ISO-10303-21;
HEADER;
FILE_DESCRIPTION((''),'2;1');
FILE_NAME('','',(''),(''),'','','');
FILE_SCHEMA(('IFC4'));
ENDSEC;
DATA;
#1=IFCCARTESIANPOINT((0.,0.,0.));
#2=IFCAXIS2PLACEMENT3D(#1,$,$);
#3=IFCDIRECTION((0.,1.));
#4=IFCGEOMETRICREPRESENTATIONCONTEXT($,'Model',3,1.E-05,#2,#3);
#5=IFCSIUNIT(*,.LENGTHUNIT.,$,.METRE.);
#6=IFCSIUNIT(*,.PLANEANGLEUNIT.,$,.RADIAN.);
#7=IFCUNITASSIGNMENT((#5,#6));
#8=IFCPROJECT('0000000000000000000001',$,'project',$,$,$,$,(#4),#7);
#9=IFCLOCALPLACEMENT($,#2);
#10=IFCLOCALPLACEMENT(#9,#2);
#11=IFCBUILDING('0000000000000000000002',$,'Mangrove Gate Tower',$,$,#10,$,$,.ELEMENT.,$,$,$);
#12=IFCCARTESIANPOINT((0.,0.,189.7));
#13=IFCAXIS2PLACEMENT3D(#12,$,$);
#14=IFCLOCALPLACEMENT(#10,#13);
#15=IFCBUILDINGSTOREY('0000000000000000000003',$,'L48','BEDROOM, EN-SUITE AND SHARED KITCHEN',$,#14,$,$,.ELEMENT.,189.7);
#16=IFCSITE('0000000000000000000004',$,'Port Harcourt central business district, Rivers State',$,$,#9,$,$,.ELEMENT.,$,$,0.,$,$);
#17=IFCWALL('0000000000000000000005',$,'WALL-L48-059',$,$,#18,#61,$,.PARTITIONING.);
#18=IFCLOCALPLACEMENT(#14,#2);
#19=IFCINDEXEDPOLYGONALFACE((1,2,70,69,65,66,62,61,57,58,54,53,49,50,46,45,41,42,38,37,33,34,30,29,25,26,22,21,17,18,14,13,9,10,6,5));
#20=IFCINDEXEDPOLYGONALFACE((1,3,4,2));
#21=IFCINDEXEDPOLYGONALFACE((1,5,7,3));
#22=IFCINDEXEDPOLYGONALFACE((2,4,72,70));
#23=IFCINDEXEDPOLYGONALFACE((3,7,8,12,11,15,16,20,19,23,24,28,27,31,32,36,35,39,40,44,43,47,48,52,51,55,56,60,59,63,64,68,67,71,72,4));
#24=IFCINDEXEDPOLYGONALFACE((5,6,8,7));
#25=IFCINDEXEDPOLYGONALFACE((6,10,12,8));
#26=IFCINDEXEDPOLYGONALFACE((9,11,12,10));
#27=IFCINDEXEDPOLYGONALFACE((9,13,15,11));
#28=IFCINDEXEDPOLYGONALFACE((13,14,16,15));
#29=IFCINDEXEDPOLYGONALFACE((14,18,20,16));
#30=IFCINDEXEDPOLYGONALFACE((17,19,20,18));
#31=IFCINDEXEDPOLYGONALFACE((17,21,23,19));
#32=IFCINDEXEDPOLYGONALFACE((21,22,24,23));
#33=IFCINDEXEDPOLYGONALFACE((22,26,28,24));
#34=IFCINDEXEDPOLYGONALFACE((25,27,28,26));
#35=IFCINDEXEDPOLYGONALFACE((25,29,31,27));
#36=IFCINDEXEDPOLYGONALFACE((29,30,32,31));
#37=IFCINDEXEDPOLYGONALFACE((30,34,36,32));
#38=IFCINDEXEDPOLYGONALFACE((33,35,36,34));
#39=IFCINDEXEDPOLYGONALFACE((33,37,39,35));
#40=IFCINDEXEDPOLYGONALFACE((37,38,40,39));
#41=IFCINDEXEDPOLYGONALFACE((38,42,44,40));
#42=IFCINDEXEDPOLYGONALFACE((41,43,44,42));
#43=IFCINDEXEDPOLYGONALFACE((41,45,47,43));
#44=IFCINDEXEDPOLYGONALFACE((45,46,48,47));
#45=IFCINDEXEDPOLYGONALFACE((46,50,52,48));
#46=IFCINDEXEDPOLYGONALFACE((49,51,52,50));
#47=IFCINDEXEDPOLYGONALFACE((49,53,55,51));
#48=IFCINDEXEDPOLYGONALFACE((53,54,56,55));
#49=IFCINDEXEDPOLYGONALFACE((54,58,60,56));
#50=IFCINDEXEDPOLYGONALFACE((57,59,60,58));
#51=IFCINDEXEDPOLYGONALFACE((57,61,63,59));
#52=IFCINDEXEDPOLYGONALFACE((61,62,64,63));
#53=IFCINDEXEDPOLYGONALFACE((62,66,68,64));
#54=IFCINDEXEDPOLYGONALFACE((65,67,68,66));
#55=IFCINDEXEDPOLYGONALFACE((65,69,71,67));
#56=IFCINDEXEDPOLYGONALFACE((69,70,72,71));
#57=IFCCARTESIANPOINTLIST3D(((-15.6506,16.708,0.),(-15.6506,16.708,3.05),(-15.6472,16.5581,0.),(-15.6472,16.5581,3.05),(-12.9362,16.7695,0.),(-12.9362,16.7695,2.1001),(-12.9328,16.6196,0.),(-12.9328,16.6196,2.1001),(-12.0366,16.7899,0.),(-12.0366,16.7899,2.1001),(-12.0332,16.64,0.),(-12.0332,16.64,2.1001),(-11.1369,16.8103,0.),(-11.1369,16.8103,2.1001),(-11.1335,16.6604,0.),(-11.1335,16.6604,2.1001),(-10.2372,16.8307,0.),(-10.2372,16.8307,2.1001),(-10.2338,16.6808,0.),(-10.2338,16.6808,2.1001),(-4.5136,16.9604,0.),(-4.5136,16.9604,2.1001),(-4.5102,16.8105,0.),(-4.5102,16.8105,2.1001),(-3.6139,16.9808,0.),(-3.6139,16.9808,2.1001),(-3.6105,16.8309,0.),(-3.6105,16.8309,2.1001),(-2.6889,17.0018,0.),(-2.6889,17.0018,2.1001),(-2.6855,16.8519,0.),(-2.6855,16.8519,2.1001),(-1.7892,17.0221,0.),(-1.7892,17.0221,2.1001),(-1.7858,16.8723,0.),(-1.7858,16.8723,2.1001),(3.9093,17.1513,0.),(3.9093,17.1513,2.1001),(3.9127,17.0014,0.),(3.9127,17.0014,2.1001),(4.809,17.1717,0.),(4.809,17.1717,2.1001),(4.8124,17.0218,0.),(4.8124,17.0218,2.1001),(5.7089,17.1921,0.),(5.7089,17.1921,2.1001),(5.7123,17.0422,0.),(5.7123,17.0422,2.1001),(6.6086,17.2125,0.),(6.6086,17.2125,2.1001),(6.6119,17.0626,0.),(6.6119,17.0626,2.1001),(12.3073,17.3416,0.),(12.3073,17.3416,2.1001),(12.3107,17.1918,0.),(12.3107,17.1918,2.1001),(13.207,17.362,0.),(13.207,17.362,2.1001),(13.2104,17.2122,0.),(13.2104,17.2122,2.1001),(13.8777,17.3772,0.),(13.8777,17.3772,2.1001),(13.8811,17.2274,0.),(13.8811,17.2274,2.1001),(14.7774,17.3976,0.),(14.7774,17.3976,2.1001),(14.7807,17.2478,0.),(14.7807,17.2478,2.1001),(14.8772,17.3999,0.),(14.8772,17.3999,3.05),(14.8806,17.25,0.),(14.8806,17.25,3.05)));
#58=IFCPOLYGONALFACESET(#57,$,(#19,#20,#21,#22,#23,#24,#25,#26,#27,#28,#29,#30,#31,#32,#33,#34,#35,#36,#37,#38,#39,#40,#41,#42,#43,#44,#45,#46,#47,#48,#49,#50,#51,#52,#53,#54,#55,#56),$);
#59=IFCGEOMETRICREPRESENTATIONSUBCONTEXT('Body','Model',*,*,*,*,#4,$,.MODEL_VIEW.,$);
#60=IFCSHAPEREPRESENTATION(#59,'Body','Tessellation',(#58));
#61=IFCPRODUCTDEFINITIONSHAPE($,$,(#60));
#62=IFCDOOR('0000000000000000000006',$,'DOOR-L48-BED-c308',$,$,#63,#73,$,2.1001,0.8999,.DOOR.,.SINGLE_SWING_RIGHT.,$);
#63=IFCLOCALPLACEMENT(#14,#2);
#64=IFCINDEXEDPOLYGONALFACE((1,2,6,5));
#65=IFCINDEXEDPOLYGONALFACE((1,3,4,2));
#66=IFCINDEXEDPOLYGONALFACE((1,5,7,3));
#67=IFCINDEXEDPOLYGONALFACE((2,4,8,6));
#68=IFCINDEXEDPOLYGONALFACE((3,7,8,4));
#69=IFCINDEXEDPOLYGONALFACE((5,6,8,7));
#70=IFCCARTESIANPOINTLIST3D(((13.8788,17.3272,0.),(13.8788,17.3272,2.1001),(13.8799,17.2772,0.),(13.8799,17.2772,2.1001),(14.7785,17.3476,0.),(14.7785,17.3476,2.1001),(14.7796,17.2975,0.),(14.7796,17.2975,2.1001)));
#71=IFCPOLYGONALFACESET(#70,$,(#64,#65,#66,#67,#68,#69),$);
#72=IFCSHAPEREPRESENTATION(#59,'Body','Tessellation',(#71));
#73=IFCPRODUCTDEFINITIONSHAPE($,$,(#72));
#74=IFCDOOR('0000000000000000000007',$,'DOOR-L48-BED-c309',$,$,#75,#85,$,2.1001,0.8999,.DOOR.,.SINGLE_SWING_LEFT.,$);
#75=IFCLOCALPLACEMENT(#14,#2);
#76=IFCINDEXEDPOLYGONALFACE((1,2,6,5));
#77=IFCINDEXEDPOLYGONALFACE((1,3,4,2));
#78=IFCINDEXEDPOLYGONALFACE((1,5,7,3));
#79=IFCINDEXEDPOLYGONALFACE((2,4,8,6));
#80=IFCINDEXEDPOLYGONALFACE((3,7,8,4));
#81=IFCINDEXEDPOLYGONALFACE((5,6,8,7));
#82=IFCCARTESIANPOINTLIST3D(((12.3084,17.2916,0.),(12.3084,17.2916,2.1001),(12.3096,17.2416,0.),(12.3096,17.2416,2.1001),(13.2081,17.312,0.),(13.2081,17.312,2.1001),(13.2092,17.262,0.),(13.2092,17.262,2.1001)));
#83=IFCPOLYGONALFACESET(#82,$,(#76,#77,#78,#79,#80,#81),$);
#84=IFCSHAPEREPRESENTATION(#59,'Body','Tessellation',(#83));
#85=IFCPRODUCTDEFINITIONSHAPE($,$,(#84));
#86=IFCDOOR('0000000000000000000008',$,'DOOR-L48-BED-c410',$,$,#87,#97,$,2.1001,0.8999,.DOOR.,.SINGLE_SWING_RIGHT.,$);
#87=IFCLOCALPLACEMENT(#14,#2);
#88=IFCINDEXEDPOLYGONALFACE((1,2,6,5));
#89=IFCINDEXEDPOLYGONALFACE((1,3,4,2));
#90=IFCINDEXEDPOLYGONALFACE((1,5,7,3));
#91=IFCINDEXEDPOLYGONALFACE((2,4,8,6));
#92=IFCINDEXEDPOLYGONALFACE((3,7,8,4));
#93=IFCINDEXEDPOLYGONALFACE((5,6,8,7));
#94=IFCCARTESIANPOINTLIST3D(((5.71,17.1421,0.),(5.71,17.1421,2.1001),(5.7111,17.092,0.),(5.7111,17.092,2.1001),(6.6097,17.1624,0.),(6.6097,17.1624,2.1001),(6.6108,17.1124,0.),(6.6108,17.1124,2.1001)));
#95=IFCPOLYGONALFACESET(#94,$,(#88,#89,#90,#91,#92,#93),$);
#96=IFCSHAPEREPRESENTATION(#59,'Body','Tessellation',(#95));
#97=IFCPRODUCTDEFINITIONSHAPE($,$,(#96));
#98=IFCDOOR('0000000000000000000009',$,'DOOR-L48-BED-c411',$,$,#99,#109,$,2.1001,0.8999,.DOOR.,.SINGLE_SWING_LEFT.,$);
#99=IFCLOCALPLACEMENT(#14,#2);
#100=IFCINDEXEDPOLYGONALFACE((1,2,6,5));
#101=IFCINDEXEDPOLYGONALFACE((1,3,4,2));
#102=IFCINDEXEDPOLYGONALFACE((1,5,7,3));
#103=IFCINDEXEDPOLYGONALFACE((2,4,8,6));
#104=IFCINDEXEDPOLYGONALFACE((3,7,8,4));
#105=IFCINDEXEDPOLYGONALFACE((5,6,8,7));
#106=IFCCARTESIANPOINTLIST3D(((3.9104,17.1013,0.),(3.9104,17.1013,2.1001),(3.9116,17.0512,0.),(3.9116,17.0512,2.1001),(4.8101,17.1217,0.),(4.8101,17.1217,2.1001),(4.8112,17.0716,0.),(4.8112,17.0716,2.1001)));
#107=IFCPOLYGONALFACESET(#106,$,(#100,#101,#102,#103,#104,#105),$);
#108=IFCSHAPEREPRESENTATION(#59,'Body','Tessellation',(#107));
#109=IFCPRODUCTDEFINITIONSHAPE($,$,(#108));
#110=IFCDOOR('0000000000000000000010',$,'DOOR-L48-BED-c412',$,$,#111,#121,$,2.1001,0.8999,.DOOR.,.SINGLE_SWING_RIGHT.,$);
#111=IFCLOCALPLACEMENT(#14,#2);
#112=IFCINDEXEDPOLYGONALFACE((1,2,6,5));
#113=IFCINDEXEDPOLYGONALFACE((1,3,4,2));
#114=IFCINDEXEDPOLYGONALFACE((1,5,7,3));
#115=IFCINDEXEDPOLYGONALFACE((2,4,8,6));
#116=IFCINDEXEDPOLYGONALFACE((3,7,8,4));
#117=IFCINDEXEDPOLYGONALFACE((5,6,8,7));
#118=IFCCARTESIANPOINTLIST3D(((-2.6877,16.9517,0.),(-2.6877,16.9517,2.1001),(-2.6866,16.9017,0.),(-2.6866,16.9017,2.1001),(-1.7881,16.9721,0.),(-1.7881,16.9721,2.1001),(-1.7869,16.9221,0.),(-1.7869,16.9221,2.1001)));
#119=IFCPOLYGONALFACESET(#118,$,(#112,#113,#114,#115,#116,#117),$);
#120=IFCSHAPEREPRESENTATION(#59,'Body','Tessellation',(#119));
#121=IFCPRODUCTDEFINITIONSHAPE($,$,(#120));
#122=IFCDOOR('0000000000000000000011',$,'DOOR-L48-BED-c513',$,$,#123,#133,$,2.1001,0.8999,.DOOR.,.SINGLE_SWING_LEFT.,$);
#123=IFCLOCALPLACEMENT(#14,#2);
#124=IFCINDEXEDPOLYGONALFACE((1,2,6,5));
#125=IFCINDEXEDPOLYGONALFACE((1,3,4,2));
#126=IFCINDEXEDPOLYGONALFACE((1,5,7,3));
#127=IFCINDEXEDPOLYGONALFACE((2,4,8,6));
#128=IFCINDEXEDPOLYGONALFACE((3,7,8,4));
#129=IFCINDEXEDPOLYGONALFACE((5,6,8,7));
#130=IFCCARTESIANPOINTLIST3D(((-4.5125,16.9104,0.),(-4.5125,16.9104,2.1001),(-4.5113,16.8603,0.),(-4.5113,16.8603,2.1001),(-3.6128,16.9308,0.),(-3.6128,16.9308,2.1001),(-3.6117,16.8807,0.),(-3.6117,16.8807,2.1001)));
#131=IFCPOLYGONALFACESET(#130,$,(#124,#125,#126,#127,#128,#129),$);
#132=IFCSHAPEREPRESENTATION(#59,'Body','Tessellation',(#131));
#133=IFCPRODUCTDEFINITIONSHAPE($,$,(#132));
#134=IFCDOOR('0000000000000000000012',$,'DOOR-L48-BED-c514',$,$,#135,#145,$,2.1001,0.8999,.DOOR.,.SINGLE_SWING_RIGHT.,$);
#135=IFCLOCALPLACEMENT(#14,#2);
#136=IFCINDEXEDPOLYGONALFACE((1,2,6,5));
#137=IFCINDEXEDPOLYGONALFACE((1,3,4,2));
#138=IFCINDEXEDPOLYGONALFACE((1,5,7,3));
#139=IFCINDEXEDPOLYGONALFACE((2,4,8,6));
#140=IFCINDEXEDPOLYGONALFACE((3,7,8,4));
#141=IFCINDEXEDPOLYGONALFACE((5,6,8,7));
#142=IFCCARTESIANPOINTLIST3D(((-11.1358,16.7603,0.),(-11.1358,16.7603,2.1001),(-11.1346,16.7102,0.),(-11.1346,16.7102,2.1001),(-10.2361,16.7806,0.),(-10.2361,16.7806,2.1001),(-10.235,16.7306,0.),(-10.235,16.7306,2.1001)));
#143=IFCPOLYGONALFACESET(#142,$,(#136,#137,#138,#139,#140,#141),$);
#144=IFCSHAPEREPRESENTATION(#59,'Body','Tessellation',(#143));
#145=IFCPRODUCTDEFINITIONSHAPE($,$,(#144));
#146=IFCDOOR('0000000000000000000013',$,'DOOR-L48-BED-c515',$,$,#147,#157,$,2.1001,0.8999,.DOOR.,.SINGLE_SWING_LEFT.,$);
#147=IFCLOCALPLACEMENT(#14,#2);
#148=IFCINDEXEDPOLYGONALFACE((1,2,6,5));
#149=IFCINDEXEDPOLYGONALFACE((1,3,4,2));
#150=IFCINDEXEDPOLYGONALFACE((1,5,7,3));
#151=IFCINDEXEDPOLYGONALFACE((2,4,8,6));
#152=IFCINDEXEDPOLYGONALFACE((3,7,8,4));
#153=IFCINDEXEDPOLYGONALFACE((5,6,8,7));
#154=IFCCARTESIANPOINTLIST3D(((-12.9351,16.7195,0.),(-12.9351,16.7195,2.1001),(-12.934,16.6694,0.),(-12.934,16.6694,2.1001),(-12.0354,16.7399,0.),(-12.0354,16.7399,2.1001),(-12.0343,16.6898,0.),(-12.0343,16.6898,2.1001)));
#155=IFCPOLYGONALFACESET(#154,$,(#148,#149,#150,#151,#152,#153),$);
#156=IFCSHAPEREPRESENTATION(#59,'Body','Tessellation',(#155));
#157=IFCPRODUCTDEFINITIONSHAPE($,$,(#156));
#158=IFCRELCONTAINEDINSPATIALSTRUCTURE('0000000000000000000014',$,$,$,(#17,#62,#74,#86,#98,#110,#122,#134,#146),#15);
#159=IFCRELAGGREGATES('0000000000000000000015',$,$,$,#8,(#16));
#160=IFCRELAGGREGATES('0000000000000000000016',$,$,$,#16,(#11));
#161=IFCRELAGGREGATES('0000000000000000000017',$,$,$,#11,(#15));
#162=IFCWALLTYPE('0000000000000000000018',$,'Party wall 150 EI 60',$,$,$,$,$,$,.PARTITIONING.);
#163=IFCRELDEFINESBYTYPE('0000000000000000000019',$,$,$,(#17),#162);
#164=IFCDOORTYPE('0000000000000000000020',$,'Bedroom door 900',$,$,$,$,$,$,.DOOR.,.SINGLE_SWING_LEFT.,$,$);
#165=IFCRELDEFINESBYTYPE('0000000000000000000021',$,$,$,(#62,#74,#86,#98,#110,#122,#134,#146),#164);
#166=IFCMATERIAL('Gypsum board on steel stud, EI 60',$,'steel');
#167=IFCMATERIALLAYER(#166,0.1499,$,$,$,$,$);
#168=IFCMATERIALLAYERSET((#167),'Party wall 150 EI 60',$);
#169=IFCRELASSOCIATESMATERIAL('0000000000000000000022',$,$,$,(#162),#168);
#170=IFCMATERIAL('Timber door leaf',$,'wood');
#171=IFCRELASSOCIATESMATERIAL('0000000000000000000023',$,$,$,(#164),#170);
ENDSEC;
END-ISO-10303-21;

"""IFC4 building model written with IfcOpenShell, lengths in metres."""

from ifc_helpers import new_model, si_unit, direction, frame, frame_2d, origin, place, context, subcontext, project, spatial, rectangle, extrude, material, layer, layer_set, type_object, element, fill, save


model = new_model("IFC4")

# Units and contexts
model_context = context("Model", 3, precision=1e-05, world=origin(), true_north=direction((0.0, 1.0)))
body_context = subcontext(model_context, "Body", "Model", "MODEL_VIEW")
ifc_project = project(units=[si_unit("LENGTHUNIT", "METRE"), si_unit("PLANEANGLEUNIT", "RADIAN")], contexts=[model_context])

# Site, building, storey
site_placement = place(None, origin())
site = spatial("IfcSite", under=ifc_project, at=site_placement, Name="Port Harcourt central business district, Rivers State", CompositionType="ELEMENT", RefElevation=0.0)
building_placement = place(site_placement, origin())
building = spatial("IfcBuilding", under=site, at=building_placement, Name="Mangrove Gate Tower", CompositionType="ELEMENT")
storey_placement = place(building_placement, frame((0.0, 0.0, 189.7)))
storey = spatial("IfcBuildingStorey", under=building, at=storey_placement, Name="L48", Description="BEDROOM, EN-SUITE AND SHARED KITCHEN", CompositionType="ELEMENT", Elevation=189.7)

# Wall, openings, doors
ifc_material_1 = material(Name="Gypsum board on steel stud, EI 60", Category="steel")
ifc_layer = layer(ifc_material_1, 0.1499)
ifc_layer_set = layer_set([ifc_layer], Name="Party wall 150 EI 60")
wall_type = type_object("IfcWallType", Name="Party wall 150 EI 60", PredefinedType="PARTITIONING", material=ifc_layer_set)
wall_1_placement = place(storey_placement, frame((-15.6489, 16.6331, 0.0), z_axis=(0.0, 0.0, 1.0), x_axis=(0.999743, 0.022659, 0.0)))
wall_1 = element("IfcWall", 1, at=wall_1_placement, inside=storey, type_object=wall_type, Name="WALL-L48-059", PredefinedType="PARTITIONING", context=body_context, shape_type="SweptSolid", body=[
    extrude(rectangle(XDim=30.5356, YDim=0.1499, at=frame_2d((15.2678, 0.0))), origin(), (0.0, 0.0, 1.0), 3.05),
])
opening_1_placement = place(wall_1_placement, frame((29.5359, 0.0, 0.0)))
opening_1 = element("IfcOpeningElement", 2, at=opening_1_placement, cuts=wall_1, PredefinedType="OPENING", context=body_context, shape_type="SweptSolid", body=[
    extrude(rectangle(XDim=0.8999, YDim=2.1001, at=frame_2d((0.45, 1.05))), frame((0.0, 0.085, 0.0), z_axis=(0.0, -1.0, 0.0), x_axis=(1.0, 0.0, 0.0)), (0.0, 0.0, 1.0), 0.1699),
])
opening_2_placement = place(wall_1_placement, frame((27.9651, 0.0, 0.0)))
opening_2 = element("IfcOpeningElement", 3, at=opening_2_placement, cuts=wall_1, PredefinedType="OPENING", context=body_context, shape_type="SweptSolid", body=[
    extrude(rectangle(XDim=0.8999, YDim=2.1001, at=frame_2d((0.45, 1.05))), frame((0.0, 0.085, 0.0), z_axis=(0.0, -1.0, 0.0), x_axis=(1.0, 0.0, 0.0)), (0.0, 0.0, 1.0), 0.1699),
])
opening_3_placement = place(wall_1_placement, frame((21.365, 0.0, 0.0)))
opening_3 = element("IfcOpeningElement", 4, at=opening_3_placement, cuts=wall_1, PredefinedType="OPENING", context=body_context, shape_type="SweptSolid", body=[
    extrude(rectangle(XDim=0.8999, YDim=2.1001, at=frame_2d((0.45, 1.05))), frame((0.0, 0.085, 0.0), z_axis=(0.0, -1.0, 0.0), x_axis=(1.0, 0.0, 0.0)), (0.0, 0.0, 1.0), 0.1699),
])
opening_4_placement = place(wall_1_placement, frame((19.5649, 0.0, 0.0)))
opening_4 = element("IfcOpeningElement", 5, at=opening_4_placement, cuts=wall_1, PredefinedType="OPENING", context=body_context, shape_type="SweptSolid", body=[
    extrude(rectangle(XDim=0.8999, YDim=2.1001, at=frame_2d((0.45, 1.05))), frame((0.0, 0.085, 0.0), z_axis=(0.0, -1.0, 0.0), x_axis=(1.0, 0.0, 0.0)), (0.0, 0.0, 1.0), 0.1699),
])
opening_5_placement = place(wall_1_placement, frame((12.9651, 0.0, 0.0)))
opening_5 = element("IfcOpeningElement", 6, at=opening_5_placement, cuts=wall_1, PredefinedType="OPENING", context=body_context, shape_type="SweptSolid", body=[
    extrude(rectangle(XDim=0.8999, YDim=2.1001, at=frame_2d((0.45, 1.05))), frame((0.0, 0.085, 0.0), z_axis=(0.0, -1.0, 0.0), x_axis=(1.0, 0.0, 0.0)), (0.0, 0.0, 1.0), 0.1699),
])
opening_6_placement = place(wall_1_placement, frame((11.1399, 0.0, 0.0)))
opening_6 = element("IfcOpeningElement", 7, at=opening_6_placement, cuts=wall_1, PredefinedType="OPENING", context=body_context, shape_type="SweptSolid", body=[
    extrude(rectangle(XDim=0.8999, YDim=2.1001, at=frame_2d((0.45, 1.05))), frame((0.0, 0.085, 0.0), z_axis=(0.0, -1.0, 0.0), x_axis=(1.0, 0.0, 0.0)), (0.0, 0.0, 1.0), 0.1699),
])
opening_7_placement = place(wall_1_placement, frame((4.5149, 0.0, 0.0)))
opening_7 = element("IfcOpeningElement", 8, at=opening_7_placement, cuts=wall_1, PredefinedType="OPENING", context=body_context, shape_type="SweptSolid", body=[
    extrude(rectangle(XDim=0.8999, YDim=2.1001, at=frame_2d((0.45, 1.05))), frame((0.0, 0.085, 0.0), z_axis=(0.0, -1.0, 0.0), x_axis=(1.0, 0.0, 0.0)), (0.0, 0.0, 1.0), 0.1699),
])
opening_8_placement = place(wall_1_placement, frame((2.7151, 0.0, 0.0)))
opening_8 = element("IfcOpeningElement", 9, at=opening_8_placement, cuts=wall_1, PredefinedType="OPENING", context=body_context, shape_type="SweptSolid", body=[
    extrude(rectangle(XDim=0.8999, YDim=2.1001, at=frame_2d((0.45, 1.05))), frame((0.0, 0.085, 0.0), z_axis=(0.0, -1.0, 0.0), x_axis=(1.0, 0.0, 0.0)), (0.0, 0.0, 1.0), 0.1699),
])
ifc_material_2 = material(Name="Timber door leaf", Category="wood")
door_type_1 = type_object("IfcDoorType", Name="Bedroom door 900", OperationType="SINGLE_SWING_LEFT", PredefinedType="DOOR", material=ifc_material_2)
door_1_placement = place(opening_1_placement, origin())
door_1 = element("IfcDoor", 10, at=door_1_placement, inside=storey, type_object=door_type_1, Name="DOOR-L48-BED-c308", OperationType="SINGLE_SWING_RIGHT", OverallHeight=2.1001, OverallWidth=0.8999, PredefinedType="DOOR", context=body_context, shape_type="SweptSolid", body=[
    extrude(rectangle(XDim=0.8999, YDim=2.1001, at=frame_2d((0.45, 1.05))), frame((0.0, 0.0249, 0.0), z_axis=(0.0, -1.0, 0.0), x_axis=(1.0, 0.0, 0.0)), (0.0, 0.0, 1.0), 0.05),
])
fill(opening_1, door_1)
door_2_placement = place(opening_2_placement, origin())
door_2 = element("IfcDoor", 11, at=door_2_placement, inside=storey, type_object=door_type_1, Name="DOOR-L48-BED-c309", OperationType="SINGLE_SWING_LEFT", OverallHeight=2.1001, OverallWidth=0.8999, PredefinedType="DOOR", context=body_context, shape_type="SweptSolid", body=[
    extrude(rectangle(XDim=0.8999, YDim=2.1001, at=frame_2d((0.45, 1.05))), frame((0.0, 0.0249, 0.0), z_axis=(0.0, -1.0, 0.0), x_axis=(1.0, 0.0, 0.0)), (0.0, 0.0, 1.0), 0.05),
])
fill(opening_2, door_2)
door_3_placement = place(opening_3_placement, origin())
door_3 = element("IfcDoor", 12, at=door_3_placement, inside=storey, type_object=door_type_1, Name="DOOR-L48-BED-c410", OperationType="SINGLE_SWING_RIGHT", OverallHeight=2.1001, OverallWidth=0.8999, PredefinedType="DOOR", context=body_context, shape_type="SweptSolid", body=[
    extrude(rectangle(XDim=0.8999, YDim=2.1001, at=frame_2d((0.45, 1.05))), frame((0.0, 0.0249, 0.0), z_axis=(0.0, -1.0, 0.0), x_axis=(1.0, 0.0, 0.0)), (0.0, 0.0, 1.0), 0.05),
])
fill(opening_3, door_3)
door_4_placement = place(opening_4_placement, origin())
door_4 = element("IfcDoor", 13, at=door_4_placement, inside=storey, type_object=door_type_1, Name="DOOR-L48-BED-c411", OperationType="SINGLE_SWING_LEFT", OverallHeight=2.1001, OverallWidth=0.8999, PredefinedType="DOOR", context=body_context, shape_type="SweptSolid", body=[
    extrude(rectangle(XDim=0.8999, YDim=2.1001, at=frame_2d((0.45, 1.05))), frame((0.0, 0.0249, 0.0), z_axis=(0.0, -1.0, 0.0), x_axis=(1.0, 0.0, 0.0)), (0.0, 0.0, 1.0), 0.05),
])
fill(opening_4, door_4)
door_5_placement = place(opening_5_placement, origin())
door_5 = element("IfcDoor", 14, at=door_5_placement, inside=storey, type_object=door_type_1, Name="DOOR-L48-BED-c412", OperationType="SINGLE_SWING_RIGHT", OverallHeight=2.1001, OverallWidth=0.8999, PredefinedType="DOOR", context=body_context, shape_type="SweptSolid", body=[
    extrude(rectangle(XDim=0.8999, YDim=2.1001, at=frame_2d((0.45, 1.05))), frame((0.0, 0.0249, 0.0), z_axis=(0.0, -1.0, 0.0), x_axis=(1.0, 0.0, 0.0)), (0.0, 0.0, 1.0), 0.05),
])
fill(opening_5, door_5)
door_6_placement = place(opening_6_placement, origin())
door_6 = element("IfcDoor", 15, at=door_6_placement, inside=storey, type_object=door_type_1, Name="DOOR-L48-BED-c513", OperationType="SINGLE_SWING_LEFT", OverallHeight=2.1001, OverallWidth=0.8999, PredefinedType="DOOR", context=body_context, shape_type="SweptSolid", body=[
    extrude(rectangle(XDim=0.8999, YDim=2.1001, at=frame_2d((0.45, 1.05))), frame((0.0, 0.0249, 0.0), z_axis=(0.0, -1.0, 0.0), x_axis=(1.0, 0.0, 0.0)), (0.0, 0.0, 1.0), 0.05),
])
fill(opening_6, door_6)
door_7_placement = place(opening_7_placement, origin())
door_7 = element("IfcDoor", 16, at=door_7_placement, inside=storey, type_object=door_type_1, Name="DOOR-L48-BED-c514", OperationType="SINGLE_SWING_RIGHT", OverallHeight=2.1001, OverallWidth=0.8999, PredefinedType="DOOR", context=body_context, shape_type="SweptSolid", body=[
    extrude(rectangle(XDim=0.8999, YDim=2.1001, at=frame_2d((0.45, 1.05))), frame((0.0, 0.0249, 0.0), z_axis=(0.0, -1.0, 0.0), x_axis=(1.0, 0.0, 0.0)), (0.0, 0.0, 1.0), 0.05),
])
fill(opening_7, door_7)
door_8_placement = place(opening_8_placement, origin())
door_8 = element("IfcDoor", 17, at=door_8_placement, inside=storey, type_object=door_type_1, Name="DOOR-L48-BED-c515", OperationType="SINGLE_SWING_LEFT", OverallHeight=2.1001, OverallWidth=0.8999, PredefinedType="DOOR", context=body_context, shape_type="SweptSolid", body=[
    extrude(rectangle(XDim=0.8999, YDim=2.1001, at=frame_2d((0.45, 1.05))), frame((0.0, 0.0249, 0.0), z_axis=(0.0, -1.0, 0.0), x_axis=(1.0, 0.0, 0.0)), (0.0, 0.0, 1.0), 0.05),
])
fill(opening_8, door_8)

save(model, "model.ifc")
